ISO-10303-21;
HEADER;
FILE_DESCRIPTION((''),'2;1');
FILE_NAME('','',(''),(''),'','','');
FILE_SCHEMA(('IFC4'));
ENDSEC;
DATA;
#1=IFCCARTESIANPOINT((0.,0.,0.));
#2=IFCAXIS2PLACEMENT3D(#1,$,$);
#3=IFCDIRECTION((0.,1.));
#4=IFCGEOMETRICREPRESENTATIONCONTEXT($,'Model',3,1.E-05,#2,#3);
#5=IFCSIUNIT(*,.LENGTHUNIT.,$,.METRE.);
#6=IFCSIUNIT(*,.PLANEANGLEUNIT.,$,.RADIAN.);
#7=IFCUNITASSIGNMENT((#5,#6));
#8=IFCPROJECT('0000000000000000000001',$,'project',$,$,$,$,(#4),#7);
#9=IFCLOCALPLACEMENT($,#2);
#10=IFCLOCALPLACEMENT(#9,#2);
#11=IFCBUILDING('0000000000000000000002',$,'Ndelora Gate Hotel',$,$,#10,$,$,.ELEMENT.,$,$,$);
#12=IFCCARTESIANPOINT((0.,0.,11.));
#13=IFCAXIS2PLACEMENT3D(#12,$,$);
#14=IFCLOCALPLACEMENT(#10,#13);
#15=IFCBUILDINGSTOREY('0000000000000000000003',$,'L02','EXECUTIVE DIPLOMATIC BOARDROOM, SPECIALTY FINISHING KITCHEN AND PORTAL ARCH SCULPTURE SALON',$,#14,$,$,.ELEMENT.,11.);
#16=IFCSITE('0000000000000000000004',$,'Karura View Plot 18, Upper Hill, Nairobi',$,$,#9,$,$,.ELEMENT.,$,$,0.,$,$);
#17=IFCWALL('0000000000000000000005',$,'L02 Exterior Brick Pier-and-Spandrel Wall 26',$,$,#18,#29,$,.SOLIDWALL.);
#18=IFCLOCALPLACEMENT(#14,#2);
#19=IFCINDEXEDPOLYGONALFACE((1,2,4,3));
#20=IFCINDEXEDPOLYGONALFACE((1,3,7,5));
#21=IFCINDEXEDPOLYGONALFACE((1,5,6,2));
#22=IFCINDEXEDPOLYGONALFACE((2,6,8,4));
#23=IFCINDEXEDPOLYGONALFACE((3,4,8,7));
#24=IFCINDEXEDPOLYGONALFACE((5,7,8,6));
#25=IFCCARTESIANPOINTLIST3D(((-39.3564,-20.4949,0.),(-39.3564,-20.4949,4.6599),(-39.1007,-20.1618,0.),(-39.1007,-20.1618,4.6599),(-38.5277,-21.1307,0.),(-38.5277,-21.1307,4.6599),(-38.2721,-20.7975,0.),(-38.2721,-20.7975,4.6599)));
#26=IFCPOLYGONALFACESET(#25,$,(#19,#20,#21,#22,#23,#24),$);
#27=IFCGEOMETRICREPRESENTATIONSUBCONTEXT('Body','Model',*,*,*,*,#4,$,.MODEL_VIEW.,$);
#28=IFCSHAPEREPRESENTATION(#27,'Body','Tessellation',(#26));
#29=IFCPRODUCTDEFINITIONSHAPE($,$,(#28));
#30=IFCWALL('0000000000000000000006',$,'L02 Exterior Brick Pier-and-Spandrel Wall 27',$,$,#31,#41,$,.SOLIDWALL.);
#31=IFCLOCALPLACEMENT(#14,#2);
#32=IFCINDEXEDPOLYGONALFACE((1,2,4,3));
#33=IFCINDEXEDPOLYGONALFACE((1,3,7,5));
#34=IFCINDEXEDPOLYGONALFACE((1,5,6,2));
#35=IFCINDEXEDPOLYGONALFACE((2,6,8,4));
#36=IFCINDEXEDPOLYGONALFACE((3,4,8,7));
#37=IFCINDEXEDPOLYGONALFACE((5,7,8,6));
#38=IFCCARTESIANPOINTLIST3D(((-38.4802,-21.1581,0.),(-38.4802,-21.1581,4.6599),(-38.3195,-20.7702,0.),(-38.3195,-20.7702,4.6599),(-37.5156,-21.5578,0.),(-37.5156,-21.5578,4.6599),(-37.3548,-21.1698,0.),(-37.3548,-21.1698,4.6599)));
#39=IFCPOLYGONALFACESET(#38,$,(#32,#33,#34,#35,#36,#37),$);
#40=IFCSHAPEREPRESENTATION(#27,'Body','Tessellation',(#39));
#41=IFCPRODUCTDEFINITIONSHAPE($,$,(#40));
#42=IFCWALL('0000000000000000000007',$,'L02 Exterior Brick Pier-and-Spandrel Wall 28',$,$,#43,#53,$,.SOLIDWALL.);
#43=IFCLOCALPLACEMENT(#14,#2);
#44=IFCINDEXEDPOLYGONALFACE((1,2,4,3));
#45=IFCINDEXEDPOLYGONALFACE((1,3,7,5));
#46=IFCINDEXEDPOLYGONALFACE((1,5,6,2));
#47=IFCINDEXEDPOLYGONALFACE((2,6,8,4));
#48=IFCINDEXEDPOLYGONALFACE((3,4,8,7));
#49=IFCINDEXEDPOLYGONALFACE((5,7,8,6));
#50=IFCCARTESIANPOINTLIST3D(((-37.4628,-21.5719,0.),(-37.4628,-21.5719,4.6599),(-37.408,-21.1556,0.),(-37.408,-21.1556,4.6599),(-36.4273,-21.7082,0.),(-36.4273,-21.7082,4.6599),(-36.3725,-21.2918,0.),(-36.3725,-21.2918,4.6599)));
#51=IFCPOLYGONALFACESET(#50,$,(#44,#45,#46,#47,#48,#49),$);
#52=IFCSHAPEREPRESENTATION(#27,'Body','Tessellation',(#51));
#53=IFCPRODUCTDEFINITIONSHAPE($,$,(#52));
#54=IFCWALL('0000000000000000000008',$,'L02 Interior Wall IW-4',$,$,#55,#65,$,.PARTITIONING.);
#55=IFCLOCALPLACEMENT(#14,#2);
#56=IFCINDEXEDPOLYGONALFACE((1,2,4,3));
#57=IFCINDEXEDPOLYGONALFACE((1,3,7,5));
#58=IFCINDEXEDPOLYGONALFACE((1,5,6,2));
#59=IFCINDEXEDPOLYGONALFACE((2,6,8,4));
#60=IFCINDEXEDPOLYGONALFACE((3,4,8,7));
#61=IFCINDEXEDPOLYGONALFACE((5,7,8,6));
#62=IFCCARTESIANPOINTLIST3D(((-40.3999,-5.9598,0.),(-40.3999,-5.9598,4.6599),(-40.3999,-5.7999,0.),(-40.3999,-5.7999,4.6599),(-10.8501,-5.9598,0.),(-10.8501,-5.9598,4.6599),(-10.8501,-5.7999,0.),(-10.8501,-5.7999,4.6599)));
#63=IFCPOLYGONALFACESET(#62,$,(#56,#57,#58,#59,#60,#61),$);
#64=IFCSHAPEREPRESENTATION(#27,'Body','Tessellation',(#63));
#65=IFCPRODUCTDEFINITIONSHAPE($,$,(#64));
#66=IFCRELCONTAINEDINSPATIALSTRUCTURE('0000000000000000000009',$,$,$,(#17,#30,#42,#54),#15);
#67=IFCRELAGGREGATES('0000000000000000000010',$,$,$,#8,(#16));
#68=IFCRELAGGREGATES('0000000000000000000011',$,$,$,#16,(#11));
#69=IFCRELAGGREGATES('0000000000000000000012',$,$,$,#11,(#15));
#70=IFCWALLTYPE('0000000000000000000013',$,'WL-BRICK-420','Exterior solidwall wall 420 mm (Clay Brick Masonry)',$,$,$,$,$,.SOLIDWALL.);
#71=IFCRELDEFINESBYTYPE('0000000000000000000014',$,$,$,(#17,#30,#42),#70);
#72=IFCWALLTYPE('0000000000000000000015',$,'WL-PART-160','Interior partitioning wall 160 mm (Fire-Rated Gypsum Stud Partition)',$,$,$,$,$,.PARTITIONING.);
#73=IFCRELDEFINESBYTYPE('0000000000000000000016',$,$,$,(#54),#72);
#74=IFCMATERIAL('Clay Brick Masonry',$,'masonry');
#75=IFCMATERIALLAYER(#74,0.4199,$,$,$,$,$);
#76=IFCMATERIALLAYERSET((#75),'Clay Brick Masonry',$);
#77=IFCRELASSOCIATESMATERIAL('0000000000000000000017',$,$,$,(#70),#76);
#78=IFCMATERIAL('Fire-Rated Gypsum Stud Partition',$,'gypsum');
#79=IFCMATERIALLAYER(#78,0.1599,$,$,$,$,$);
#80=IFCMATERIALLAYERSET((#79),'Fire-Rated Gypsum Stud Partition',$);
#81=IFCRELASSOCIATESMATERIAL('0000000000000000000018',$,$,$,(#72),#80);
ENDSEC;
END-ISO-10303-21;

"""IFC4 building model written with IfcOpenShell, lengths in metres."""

from ifc_helpers import new_model, si_unit, direction, frame, frame_2d, origin, place, context, subcontext, project, spatial, rectangle, extrude, material, layer, layer_set, type_object, element, save


model = new_model("IFC4")

# Units and contexts
model_context = context("Model", 3, precision=1e-05, world=origin(), true_north=direction((0.0, 1.0)))
body_context = subcontext(model_context, "Body", "Model", "MODEL_VIEW")
ifc_project = project(units=[si_unit("LENGTHUNIT", "METRE"), si_unit("PLANEANGLEUNIT", "RADIAN")], contexts=[model_context])

# Site, building, storey
site_placement = place(None, origin())
site = spatial("IfcSite", under=ifc_project, at=site_placement, Name="Karura View Plot 18, Upper Hill, Nairobi", CompositionType="ELEMENT", RefElevation=0.0)
building_placement = place(site_placement, origin())
building = spatial("IfcBuilding", under=site, at=building_placement, Name="Ndelora Gate Hotel", CompositionType="ELEMENT")
storey_placement = place(building_placement, frame((0.0, 0.0, 11.0)))
storey = spatial("IfcBuildingStorey", under=building, at=storey_placement, Name="L02", Description="EXECUTIVE DIPLOMATIC BOARDROOM, SPECIALTY FINISHING KITCHEN AND PORTAL ARCH SCULPTURE SALON", CompositionType="ELEMENT", Elevation=11.0)

# Shared definitions
ifc_material_1 = material(Name="Clay Brick Masonry", Category="masonry")
ifc_layer_1 = layer(ifc_material_1, 0.4199)
ifc_layer_set_1 = layer_set([ifc_layer_1], Name="Clay Brick Masonry")
wall_type_1 = type_object("IfcWallType", Name="WL-BRICK-420", Description="Exterior solidwall wall 420 mm (Clay Brick Masonry)", PredefinedType="SOLIDWALL", material=ifc_layer_set_1)

# Walls
wall_1_placement = place(storey_placement, frame((-38.3999, -20.9641, 0.0), z_axis=(0.0, 0.0, 1.0), x_axis=(-0.793388, 0.608716, 0.0)))
element("IfcWall", 1, at=wall_1_placement, inside=storey, type_object=wall_type_1, Name="L02 Exterior Brick Pier-and-Spandrel Wall 26", PredefinedType="SOLIDWALL", context=body_context, shape_type="SweptSolid", body=[
    extrude(rectangle(XDim=1.0444, YDim=0.4199, at=frame_2d((0.5222, 0.0))), origin(), (0.0, 0.0, 1.0), 4.6599),
])
wall_2_placement = place(storey_placement, frame((-37.4353, -21.3638, 0.0), z_axis=(0.0, 0.0, 1.0), x_axis=(-0.923843, 0.382772, 0.0)))
element("IfcWall", 2, at=wall_2_placement, inside=storey, type_object=wall_type_1, Name="L02 Exterior Brick Pier-and-Spandrel Wall 27", PredefinedType="SOLIDWALL", context=body_context, shape_type="SweptSolid", body=[
    extrude(rectangle(XDim=1.0442, YDim=0.4199, at=frame_2d((0.522, 0.0))), origin(), (0.0, 0.0, 1.0), 4.6599),
])
wall_3_placement = place(storey_placement, frame((-36.3999, -21.5, 0.0), z_axis=(0.0, 0.0, 1.0), x_axis=(-0.991455, 0.130448, 0.0)))
element("IfcWall", 3, at=wall_3_placement, inside=storey, type_object=wall_type_1, Name="L02 Exterior Brick Pier-and-Spandrel Wall 28", PredefinedType="SOLIDWALL", context=body_context, shape_type="SweptSolid", body=[
    extrude(rectangle(XDim=1.0444, YDim=0.4199, at=frame_2d((0.5222, 0.0))), origin(), (0.0, 0.0, 1.0), 4.6599),
])
ifc_material_2 = material(Name="Fire-Rated Gypsum Stud Partition", Category="gypsum")
ifc_layer_2 = layer(ifc_material_2, 0.1599)
ifc_layer_set_2 = layer_set([ifc_layer_2], Name="Fire-Rated Gypsum Stud Partition")
wall_type_2 = type_object("IfcWallType", Name="WL-PART-160", Description="Interior partitioning wall 160 mm (Fire-Rated Gypsum Stud Partition)", PredefinedType="PARTITIONING", material=ifc_layer_set_2)
wall_4_placement = place(storey_placement, frame((-40.3999, -5.8799, 0.0), z_axis=(0.0, 0.0, 1.0), x_axis=(1.0, 0.0, 0.0)))
element("IfcWall", 4, at=wall_4_placement, inside=storey, type_object=wall_type_2, Name="L02 Interior Wall IW-4", PredefinedType="PARTITIONING", context=body_context, shape_type="SweptSolid", body=[
    extrude(rectangle(XDim=29.5498, YDim=0.1599, at=frame_2d((14.7749, 0.0))), origin(), (0.0, 0.0, 1.0), 4.6599),
])

save(model, "model.ifc")
